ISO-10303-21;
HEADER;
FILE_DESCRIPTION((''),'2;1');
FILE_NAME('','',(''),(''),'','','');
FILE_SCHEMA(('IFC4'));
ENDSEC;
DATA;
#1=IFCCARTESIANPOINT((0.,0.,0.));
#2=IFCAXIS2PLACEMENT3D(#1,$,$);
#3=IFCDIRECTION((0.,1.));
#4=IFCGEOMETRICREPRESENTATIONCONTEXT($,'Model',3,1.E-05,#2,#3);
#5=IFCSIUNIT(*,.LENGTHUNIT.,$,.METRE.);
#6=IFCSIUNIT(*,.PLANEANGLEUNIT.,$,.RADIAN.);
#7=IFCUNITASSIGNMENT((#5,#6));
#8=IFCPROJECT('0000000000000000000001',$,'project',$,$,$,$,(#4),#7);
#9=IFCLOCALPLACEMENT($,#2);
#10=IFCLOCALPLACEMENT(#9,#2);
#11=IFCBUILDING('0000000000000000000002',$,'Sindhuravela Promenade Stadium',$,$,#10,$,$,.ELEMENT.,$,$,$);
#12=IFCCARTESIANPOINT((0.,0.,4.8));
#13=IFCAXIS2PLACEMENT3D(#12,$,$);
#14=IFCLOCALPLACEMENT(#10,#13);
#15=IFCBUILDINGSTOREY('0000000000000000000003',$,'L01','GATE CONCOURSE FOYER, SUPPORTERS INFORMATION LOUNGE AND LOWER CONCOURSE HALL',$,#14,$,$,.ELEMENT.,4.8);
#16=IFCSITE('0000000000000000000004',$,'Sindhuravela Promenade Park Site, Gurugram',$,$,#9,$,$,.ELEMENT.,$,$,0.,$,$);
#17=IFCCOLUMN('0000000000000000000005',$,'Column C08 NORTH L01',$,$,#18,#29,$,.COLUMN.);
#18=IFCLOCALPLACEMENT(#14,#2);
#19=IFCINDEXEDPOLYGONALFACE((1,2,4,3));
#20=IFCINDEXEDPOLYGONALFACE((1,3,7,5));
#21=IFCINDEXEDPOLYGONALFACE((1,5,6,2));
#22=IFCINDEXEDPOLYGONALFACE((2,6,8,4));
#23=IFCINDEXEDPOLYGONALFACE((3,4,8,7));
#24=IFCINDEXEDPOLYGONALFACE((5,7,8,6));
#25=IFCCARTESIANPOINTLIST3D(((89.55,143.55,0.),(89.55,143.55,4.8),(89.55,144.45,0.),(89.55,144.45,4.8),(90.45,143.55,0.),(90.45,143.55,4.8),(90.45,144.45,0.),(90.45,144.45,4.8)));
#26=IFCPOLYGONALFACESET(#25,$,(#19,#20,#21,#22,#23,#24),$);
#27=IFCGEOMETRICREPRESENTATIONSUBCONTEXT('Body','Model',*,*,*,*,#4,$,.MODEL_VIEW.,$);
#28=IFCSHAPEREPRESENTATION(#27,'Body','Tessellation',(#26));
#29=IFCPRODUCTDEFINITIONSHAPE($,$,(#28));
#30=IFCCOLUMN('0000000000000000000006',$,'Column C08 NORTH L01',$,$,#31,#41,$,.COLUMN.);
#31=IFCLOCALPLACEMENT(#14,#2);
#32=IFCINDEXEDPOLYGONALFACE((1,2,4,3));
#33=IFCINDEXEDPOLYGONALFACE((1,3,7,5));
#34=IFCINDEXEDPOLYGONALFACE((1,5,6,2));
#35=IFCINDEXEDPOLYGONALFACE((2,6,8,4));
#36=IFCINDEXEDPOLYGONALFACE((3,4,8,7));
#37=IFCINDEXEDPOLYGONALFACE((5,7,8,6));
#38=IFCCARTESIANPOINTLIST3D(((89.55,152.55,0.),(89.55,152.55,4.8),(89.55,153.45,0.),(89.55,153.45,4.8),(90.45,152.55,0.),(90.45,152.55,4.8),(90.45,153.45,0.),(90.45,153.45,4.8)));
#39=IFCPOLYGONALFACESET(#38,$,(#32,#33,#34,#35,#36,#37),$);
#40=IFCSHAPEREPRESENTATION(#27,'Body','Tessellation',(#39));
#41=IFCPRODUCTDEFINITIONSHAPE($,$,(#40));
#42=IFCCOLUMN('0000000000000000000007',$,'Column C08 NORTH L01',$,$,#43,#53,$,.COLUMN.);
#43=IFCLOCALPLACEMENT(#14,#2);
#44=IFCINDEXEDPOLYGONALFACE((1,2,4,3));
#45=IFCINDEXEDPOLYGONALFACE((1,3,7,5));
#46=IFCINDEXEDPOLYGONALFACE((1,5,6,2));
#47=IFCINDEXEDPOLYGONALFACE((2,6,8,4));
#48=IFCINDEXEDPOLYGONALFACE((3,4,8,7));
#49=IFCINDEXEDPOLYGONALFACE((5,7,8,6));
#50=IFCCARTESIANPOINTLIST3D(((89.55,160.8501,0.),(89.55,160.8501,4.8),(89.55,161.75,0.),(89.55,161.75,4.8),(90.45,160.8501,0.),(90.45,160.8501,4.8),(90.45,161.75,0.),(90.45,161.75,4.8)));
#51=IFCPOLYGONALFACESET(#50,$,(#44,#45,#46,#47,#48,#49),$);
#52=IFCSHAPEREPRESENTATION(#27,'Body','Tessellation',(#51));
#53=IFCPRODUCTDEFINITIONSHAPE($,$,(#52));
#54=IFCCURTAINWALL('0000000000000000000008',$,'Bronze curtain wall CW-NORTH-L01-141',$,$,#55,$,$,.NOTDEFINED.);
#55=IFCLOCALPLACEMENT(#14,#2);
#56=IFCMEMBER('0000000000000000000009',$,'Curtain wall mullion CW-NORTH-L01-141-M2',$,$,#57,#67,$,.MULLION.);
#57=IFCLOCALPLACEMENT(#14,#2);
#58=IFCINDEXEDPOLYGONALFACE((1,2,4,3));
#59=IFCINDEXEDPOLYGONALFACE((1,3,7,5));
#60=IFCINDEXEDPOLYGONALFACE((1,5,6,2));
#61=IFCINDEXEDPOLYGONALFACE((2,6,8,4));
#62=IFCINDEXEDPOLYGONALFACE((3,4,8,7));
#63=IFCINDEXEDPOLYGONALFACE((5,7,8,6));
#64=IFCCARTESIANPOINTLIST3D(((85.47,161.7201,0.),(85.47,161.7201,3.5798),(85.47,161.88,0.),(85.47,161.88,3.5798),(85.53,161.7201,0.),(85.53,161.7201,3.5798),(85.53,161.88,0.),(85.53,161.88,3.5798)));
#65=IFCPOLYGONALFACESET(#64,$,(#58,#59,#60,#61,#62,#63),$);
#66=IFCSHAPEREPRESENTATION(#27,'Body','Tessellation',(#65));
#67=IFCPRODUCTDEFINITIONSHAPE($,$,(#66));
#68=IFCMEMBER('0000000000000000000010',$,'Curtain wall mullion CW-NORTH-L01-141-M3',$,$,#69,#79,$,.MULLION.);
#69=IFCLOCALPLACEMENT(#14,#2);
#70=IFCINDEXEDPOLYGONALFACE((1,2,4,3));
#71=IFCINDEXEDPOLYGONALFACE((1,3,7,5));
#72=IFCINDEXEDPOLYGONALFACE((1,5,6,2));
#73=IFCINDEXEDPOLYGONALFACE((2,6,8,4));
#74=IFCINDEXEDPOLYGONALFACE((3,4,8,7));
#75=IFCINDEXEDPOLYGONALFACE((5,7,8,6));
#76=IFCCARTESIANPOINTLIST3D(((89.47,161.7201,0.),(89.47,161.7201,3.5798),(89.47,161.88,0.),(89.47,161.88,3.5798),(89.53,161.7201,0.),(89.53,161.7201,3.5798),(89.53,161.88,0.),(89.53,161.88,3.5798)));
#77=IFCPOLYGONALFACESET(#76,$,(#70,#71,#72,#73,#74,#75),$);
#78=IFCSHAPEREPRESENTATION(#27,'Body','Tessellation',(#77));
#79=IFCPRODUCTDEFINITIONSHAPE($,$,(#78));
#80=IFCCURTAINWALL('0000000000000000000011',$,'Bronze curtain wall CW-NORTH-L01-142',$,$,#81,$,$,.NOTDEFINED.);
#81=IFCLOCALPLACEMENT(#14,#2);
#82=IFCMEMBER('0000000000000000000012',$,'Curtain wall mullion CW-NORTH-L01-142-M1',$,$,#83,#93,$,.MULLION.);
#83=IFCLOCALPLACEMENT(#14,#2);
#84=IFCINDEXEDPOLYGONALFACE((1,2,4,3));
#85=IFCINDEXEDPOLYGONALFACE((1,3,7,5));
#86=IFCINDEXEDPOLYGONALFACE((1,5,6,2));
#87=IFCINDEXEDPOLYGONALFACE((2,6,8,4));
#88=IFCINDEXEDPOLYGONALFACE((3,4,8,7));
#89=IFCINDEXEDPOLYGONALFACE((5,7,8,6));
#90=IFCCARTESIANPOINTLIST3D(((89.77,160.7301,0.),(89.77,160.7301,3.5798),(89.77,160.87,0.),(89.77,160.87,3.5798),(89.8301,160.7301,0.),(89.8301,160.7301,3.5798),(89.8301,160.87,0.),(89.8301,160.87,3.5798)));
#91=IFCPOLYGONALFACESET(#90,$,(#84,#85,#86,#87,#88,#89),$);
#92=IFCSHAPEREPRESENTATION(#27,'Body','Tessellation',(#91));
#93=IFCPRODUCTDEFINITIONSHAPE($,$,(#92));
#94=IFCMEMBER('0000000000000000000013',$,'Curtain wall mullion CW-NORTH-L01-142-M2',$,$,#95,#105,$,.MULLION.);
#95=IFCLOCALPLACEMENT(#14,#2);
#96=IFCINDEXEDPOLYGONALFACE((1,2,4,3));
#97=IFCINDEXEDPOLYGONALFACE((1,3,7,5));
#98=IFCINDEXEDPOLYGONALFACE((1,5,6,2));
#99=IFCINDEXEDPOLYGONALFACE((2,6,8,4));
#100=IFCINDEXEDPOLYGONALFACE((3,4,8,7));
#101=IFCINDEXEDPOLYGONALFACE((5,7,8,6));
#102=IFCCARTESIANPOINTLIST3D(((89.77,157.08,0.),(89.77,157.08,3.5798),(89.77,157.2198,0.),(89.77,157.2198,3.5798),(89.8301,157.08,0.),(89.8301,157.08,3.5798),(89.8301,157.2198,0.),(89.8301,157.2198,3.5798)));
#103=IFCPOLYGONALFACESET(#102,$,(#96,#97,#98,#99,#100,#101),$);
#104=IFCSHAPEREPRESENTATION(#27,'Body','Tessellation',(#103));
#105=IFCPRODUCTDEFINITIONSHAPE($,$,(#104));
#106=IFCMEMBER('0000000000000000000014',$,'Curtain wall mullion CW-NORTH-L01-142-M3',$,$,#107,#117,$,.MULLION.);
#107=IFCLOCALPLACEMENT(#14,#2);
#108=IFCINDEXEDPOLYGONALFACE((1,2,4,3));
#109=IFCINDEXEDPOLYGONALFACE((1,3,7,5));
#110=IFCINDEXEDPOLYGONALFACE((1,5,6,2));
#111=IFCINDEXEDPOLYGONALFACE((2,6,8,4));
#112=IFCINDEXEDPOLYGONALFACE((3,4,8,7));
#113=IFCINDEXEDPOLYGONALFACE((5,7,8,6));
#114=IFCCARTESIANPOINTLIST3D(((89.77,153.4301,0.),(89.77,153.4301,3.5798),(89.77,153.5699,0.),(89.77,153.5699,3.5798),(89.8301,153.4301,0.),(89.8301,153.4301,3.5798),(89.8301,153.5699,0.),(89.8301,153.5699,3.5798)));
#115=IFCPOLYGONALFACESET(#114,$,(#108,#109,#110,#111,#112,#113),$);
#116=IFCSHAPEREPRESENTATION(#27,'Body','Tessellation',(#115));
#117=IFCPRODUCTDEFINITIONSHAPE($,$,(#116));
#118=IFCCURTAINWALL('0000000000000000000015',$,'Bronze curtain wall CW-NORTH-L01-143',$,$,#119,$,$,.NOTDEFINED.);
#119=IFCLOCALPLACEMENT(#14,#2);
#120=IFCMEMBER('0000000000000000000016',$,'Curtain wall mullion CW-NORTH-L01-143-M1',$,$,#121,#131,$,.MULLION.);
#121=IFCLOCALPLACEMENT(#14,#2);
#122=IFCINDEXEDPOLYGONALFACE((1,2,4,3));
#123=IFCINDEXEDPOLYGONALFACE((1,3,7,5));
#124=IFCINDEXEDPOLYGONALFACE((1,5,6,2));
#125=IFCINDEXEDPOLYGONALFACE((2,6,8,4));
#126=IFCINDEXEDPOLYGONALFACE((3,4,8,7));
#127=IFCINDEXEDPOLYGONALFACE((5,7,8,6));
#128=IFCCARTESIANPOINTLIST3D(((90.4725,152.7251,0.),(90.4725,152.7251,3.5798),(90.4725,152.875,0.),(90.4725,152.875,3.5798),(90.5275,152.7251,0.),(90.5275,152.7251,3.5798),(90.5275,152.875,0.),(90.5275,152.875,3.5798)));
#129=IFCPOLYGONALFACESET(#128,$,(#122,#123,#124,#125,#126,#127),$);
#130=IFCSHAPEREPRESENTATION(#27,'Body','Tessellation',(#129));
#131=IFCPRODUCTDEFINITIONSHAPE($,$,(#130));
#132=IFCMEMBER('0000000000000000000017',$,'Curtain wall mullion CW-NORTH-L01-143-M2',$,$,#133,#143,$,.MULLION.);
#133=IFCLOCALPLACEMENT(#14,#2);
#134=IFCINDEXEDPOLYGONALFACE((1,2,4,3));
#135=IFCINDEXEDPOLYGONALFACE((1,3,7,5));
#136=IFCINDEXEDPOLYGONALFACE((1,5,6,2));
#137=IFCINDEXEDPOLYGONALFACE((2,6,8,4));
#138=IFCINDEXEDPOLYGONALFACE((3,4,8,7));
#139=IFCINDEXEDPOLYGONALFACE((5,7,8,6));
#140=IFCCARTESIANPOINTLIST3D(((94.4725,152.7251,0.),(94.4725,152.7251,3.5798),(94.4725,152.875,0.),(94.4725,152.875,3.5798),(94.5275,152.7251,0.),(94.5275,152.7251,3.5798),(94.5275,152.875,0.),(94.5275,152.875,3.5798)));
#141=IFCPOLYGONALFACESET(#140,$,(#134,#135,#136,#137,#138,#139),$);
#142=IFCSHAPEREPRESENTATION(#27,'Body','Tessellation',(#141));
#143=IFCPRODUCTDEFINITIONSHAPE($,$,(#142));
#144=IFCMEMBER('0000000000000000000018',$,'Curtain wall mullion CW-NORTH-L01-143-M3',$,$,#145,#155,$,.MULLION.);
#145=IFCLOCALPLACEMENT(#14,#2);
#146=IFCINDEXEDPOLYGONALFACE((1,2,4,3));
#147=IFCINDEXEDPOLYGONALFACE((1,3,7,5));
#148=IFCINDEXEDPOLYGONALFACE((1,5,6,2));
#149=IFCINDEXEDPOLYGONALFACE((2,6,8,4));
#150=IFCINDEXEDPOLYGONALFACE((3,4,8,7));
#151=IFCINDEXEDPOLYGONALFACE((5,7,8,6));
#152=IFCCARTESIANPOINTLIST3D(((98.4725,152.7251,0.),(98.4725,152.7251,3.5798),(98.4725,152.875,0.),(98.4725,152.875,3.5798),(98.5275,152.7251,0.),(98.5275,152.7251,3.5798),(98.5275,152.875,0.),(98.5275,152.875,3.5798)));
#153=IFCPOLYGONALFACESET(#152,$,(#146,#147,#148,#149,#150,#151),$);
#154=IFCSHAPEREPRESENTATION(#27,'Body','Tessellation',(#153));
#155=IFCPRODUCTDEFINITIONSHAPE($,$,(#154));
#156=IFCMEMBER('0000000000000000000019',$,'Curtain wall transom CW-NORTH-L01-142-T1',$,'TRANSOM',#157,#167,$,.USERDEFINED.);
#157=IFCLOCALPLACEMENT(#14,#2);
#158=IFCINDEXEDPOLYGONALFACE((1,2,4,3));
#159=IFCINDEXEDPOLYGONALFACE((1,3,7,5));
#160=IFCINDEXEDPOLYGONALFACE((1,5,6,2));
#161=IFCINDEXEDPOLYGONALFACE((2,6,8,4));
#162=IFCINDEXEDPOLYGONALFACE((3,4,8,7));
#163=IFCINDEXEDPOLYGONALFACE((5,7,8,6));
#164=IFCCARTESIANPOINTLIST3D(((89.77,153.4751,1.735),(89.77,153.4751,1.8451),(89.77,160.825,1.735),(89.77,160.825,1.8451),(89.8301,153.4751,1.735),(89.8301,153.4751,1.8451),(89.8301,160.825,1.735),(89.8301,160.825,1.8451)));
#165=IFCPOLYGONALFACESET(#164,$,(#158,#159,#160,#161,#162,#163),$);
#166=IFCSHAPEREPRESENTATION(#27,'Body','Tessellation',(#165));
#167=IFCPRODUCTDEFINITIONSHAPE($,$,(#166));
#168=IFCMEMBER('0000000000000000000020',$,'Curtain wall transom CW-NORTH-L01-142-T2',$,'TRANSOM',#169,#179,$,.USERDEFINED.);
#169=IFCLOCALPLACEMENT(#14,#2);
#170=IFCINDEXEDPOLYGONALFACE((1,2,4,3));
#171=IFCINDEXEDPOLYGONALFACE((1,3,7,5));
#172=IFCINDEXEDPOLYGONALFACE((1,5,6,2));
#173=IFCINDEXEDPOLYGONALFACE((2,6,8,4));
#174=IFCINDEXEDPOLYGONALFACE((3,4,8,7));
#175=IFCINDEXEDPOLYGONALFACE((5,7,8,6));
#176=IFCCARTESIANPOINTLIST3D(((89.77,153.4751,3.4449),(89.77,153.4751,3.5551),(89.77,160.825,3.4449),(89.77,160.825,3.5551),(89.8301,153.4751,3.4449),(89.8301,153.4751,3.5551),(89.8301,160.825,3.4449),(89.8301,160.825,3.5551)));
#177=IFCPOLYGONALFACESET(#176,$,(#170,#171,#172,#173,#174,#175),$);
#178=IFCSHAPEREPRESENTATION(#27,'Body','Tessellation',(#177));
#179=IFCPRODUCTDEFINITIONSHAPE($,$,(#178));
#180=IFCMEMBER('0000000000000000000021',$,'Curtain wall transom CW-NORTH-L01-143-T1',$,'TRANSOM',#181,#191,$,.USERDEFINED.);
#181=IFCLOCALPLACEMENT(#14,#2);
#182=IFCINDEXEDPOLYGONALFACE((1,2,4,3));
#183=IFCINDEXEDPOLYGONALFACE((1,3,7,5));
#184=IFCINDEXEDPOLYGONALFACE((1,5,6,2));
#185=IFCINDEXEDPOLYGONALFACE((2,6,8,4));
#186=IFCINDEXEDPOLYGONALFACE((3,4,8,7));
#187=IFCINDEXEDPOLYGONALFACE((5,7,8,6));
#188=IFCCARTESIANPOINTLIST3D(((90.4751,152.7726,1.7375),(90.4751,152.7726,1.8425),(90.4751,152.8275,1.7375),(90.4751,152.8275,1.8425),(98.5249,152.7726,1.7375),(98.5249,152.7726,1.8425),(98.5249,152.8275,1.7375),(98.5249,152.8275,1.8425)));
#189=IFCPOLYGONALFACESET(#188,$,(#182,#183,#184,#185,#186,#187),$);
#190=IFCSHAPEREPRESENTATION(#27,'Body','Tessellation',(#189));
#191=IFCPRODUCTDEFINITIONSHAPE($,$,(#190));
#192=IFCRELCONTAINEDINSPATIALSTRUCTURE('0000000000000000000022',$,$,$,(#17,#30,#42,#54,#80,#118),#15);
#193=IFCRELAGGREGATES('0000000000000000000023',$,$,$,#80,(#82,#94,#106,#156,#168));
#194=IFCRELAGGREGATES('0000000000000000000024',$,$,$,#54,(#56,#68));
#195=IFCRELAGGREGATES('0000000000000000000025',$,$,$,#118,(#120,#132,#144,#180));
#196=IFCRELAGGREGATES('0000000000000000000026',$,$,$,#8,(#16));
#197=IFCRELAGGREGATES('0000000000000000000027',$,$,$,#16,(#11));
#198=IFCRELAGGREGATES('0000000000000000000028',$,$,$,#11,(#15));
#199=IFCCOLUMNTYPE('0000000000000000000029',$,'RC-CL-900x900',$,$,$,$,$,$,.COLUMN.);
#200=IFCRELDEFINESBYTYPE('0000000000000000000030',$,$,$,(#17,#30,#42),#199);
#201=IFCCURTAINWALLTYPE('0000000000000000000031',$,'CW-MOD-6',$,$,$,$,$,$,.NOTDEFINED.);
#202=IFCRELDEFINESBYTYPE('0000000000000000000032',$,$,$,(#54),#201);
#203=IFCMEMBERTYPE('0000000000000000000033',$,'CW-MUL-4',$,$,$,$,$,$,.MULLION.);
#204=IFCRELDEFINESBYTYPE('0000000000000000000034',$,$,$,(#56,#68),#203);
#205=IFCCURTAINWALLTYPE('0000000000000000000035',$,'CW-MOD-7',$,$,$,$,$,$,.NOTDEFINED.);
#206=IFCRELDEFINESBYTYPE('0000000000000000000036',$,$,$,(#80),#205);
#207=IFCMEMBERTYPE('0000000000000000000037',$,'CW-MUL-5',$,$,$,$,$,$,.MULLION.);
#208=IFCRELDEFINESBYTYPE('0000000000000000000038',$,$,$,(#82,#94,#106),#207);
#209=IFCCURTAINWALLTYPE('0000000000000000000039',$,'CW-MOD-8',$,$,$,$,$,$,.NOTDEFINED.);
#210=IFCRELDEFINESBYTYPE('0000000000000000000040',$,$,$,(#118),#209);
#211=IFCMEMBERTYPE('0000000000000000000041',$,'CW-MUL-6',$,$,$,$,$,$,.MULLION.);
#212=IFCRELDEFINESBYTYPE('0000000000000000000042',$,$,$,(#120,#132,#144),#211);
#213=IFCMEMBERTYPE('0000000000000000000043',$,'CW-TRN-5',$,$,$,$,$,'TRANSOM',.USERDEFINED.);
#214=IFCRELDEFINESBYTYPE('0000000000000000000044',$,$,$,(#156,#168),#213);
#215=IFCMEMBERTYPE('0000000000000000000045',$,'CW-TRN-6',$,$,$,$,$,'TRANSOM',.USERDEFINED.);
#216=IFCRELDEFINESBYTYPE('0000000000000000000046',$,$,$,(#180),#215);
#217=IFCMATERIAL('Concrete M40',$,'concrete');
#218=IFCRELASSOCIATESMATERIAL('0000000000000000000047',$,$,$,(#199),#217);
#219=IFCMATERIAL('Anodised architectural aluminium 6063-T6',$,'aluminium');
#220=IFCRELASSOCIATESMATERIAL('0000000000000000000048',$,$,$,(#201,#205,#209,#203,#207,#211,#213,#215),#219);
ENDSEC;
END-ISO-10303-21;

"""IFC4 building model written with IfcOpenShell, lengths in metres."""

from ifc_helpers import new_model, si_unit, direction, frame, origin, origin_2d, place, context, subcontext, project, spatial, rectangle, extrude, material, material_profile, profile_set, type_object, element, aggregate, save


model = new_model("IFC4")

# Units and contexts
model_context = context("Model", 3, precision=1e-05, world=origin(), true_north=direction((0.0, 1.0)))
body_context = subcontext(model_context, "Body", "Model", "MODEL_VIEW")
ifc_project = project(units=[si_unit("LENGTHUNIT", "METRE"), si_unit("PLANEANGLEUNIT", "RADIAN")], contexts=[model_context])

# Site, building, storey
site_placement = place(None, origin())
site = spatial("IfcSite", under=ifc_project, at=site_placement, Name="Sindhuravela Promenade Park Site, Gurugram", CompositionType="ELEMENT", RefElevation=0.0)
building_placement = place(site_placement, origin())
building = spatial("IfcBuilding", under=site, at=building_placement, Name="Sindhuravela Promenade Stadium", CompositionType="ELEMENT")
storey_placement = place(building_placement, frame((0.0, 0.0, 4.8)))
storey = spatial("IfcBuildingStorey", under=building, at=storey_placement, Name="L01", Description="GATE CONCOURSE FOYER, SUPPORTERS INFORMATION LOUNGE AND LOWER CONCOURSE HALL", CompositionType="ELEMENT", Elevation=4.8)

# Columns
ifc_material_1 = material(Name="Concrete M40", Category="concrete")
ifc_material_profile_1 = material_profile(ifc_material_1, rectangle(XDim=0.8999, YDim=0.8999, at=origin_2d()), Name="RC 900x900")
ifc_profile_set_1 = profile_set([ifc_material_profile_1], Name="Concrete M40")
column_type = type_object("IfcColumnType", Name="RC-CL-900x900", PredefinedType="COLUMN", material=ifc_profile_set_1)
for number, where, z_axis, x_axis, name in (
    (1, (90.0, 144.0, 0.0), (0.0, 0.0, 1.0), (1.0, 0.0, 0.0), "Column C08 NORTH L01"),
    (2, (90.0, 153.0, 0.0), (0.0, 0.0, 1.0), (1.0, 0.0, 0.0), "Column C08 NORTH L01"),
    (3, (90.0, 161.3, 0.0), (0.0, 0.0, 1.0), (1.0, 0.0, 0.0), "Column C08 NORTH L01"),
):
    element("IfcColumn", number, at=place(storey_placement, frame(where, z_axis=z_axis, x_axis=x_axis)), inside=storey, type_object=column_type, Name=name, PredefinedType="COLUMN", context=body_context, shape_type="SweptSolid", body=[
        extrude(rectangle(XDim=0.8999, YDim=0.8999, at=origin_2d()), origin(), (0.0, 0.0, 1.0), 4.8),
    ])

# Curtain walls, members
ifc_material_2 = material(Name="Anodised architectural aluminium 6063-T6", Category="aluminium")
curtain_wall_type_1 = type_object("IfcCurtainWallType", Name="CW-MOD-6", PredefinedType="NOTDEFINED", material=ifc_material_2)
curtain_wall_1_placement = place(storey_placement, origin())
curtain_wall_1 = element("IfcCurtainWall", 4, at=curtain_wall_1_placement, inside=storey, type_object=curtain_wall_type_1, Name="Bronze curtain wall CW-NORTH-L01-141", PredefinedType="NOTDEFINED")
ifc_material_profile_2 = material_profile(ifc_material_2, rectangle(XDim=0.0601, YDim=0.1599, at=origin_2d()), Name="ALU M60x160")
ifc_profile_set_2 = profile_set([ifc_material_profile_2], Name="Anodised architectural aluminium 6063-T6")
member_type_1 = type_object("IfcMemberType", Name="CW-MUL-4", PredefinedType="MULLION", material=ifc_profile_set_2)
member_1_placement = place(storey_placement, frame((85.5, 161.8, 0.0), z_axis=(0.0, 0.0, 1.0), x_axis=(1.0, 0.0, 0.0)))
member_1 = element("IfcMember", 5, at=member_1_placement, type_object=member_type_1, Name="Curtain wall mullion CW-NORTH-L01-141-M2", PredefinedType="MULLION", context=body_context, shape_type="SweptSolid", body=[
    extrude(rectangle(XDim=0.0601, YDim=0.1599, at=origin_2d()), origin(), (0.0, 0.0, 1.0), 3.5798),
])
member_2_placement = place(storey_placement, frame((89.5, 161.8, 0.0), z_axis=(0.0, 0.0, 1.0), x_axis=(1.0, 0.0, 0.0)))
member_2 = element("IfcMember", 6, at=member_2_placement, type_object=member_type_1, Name="Curtain wall mullion CW-NORTH-L01-141-M3", PredefinedType="MULLION", context=body_context, shape_type="SweptSolid", body=[
    extrude(rectangle(XDim=0.0601, YDim=0.1599, at=origin_2d()), origin(), (0.0, 0.0, 1.0), 3.5798),
])
curtain_wall_type_2 = type_object("IfcCurtainWallType", Name="CW-MOD-7", PredefinedType="NOTDEFINED", material=ifc_material_2)
curtain_wall_2_placement = place(storey_placement, origin())
curtain_wall_2 = element("IfcCurtainWall", 7, at=curtain_wall_2_placement, inside=storey, type_object=curtain_wall_type_2, Name="Bronze curtain wall CW-NORTH-L01-142", PredefinedType="NOTDEFINED")
ifc_material_profile_3 = material_profile(ifc_material_2, rectangle(XDim=0.0601, YDim=0.1399, at=origin_2d()), Name="ALU M60x140")
ifc_profile_set_3 = profile_set([ifc_material_profile_3], Name="Anodised architectural aluminium 6063-T6")
member_type_2 = type_object("IfcMemberType", Name="CW-MUL-5", PredefinedType="MULLION", material=ifc_profile_set_3)
member_3_placement = place(storey_placement, frame((89.8, 160.8, 0.0), z_axis=(0.0, 0.0, 1.0), x_axis=(1.0, 0.0, 0.0)))
member_3 = element("IfcMember", 8, at=member_3_placement, type_object=member_type_2, Name="Curtain wall mullion CW-NORTH-L01-142-M1", PredefinedType="MULLION", context=body_context, shape_type="SweptSolid", body=[
    extrude(rectangle(XDim=0.0601, YDim=0.1399, at=origin_2d()), origin(), (0.0, 0.0, 1.0), 3.5798),
])
member_4_placement = place(storey_placement, frame((89.8, 157.1499, 0.0), z_axis=(0.0, 0.0, 1.0), x_axis=(1.0, 0.0, 0.0)))
member_4 = element("IfcMember", 9, at=member_4_placement, type_object=member_type_2, Name="Curtain wall mullion CW-NORTH-L01-142-M2", PredefinedType="MULLION", context=body_context, shape_type="SweptSolid", body=[
    extrude(rectangle(XDim=0.0601, YDim=0.1399, at=origin_2d()), origin(), (0.0, 0.0, 1.0), 3.5798),
])
member_5_placement = place(storey_placement, frame((89.8, 153.5, 0.0), z_axis=(0.0, 0.0, 1.0), x_axis=(1.0, 0.0, 0.0)))
member_5 = element("IfcMember", 10, at=member_5_placement, type_object=member_type_2, Name="Curtain wall mullion CW-NORTH-L01-142-M3", PredefinedType="MULLION", context=body_context, shape_type="SweptSolid", body=[
    extrude(rectangle(XDim=0.0601, YDim=0.1399, at=origin_2d()), origin(), (0.0, 0.0, 1.0), 3.5798),
])
curtain_wall_type_3 = type_object("IfcCurtainWallType", Name="CW-MOD-8", PredefinedType="NOTDEFINED", material=ifc_material_2)
curtain_wall_3_placement = place(storey_placement, origin())
curtain_wall_3 = element("IfcCurtainWall", 11, at=curtain_wall_3_placement, inside=storey, type_object=curtain_wall_type_3, Name="Bronze curtain wall CW-NORTH-L01-143", PredefinedType="NOTDEFINED")
ifc_material_profile_4 = material_profile(ifc_material_2, rectangle(XDim=0.0549, YDim=0.1499, at=origin_2d()), Name="ALU M55x150")
ifc_profile_set_4 = profile_set([ifc_material_profile_4], Name="Anodised architectural aluminium 6063-T6")
member_type_3 = type_object("IfcMemberType", Name="CW-MUL-6", PredefinedType="MULLION", material=ifc_profile_set_4)
member_6_placement = place(storey_placement, frame((90.5, 152.8, 0.0), z_axis=(0.0, 0.0, 1.0), x_axis=(1.0, 0.0, 0.0)))
member_6 = element("IfcMember", 12, at=member_6_placement, type_object=member_type_3, Name="Curtain wall mullion CW-NORTH-L01-143-M1", PredefinedType="MULLION", context=body_context, shape_type="SweptSolid", body=[
    extrude(rectangle(XDim=0.0549, YDim=0.1499, at=origin_2d()), origin(), (0.0, 0.0, 1.0), 3.5798),
])
member_7_placement = place(storey_placement, frame((94.5, 152.8, 0.0), z_axis=(0.0, 0.0, 1.0), x_axis=(1.0, 0.0, 0.0)))
member_7 = element("IfcMember", 13, at=member_7_placement, type_object=member_type_3, Name="Curtain wall mullion CW-NORTH-L01-143-M2", PredefinedType="MULLION", context=body_context, shape_type="SweptSolid", body=[
    extrude(rectangle(XDim=0.0549, YDim=0.1499, at=origin_2d()), origin(), (0.0, 0.0, 1.0), 3.5798),
])
member_8_placement = place(storey_placement, frame((98.5, 152.8, 0.0), z_axis=(0.0, 0.0, 1.0), x_axis=(1.0, 0.0, 0.0)))
member_8 = element("IfcMember", 14, at=member_8_placement, type_object=member_type_3, Name="Curtain wall mullion CW-NORTH-L01-143-M3", PredefinedType="MULLION", context=body_context, shape_type="SweptSolid", body=[
    extrude(rectangle(XDim=0.0549, YDim=0.1499, at=origin_2d()), origin(), (0.0, 0.0, 1.0), 3.5798),
])

# Members
ifc_material_profile_5 = material_profile(ifc_material_2, rectangle(XDim=0.0601, YDim=0.1101, at=origin_2d()), Name="ALU T60x110")
ifc_profile_set_5 = profile_set([ifc_material_profile_5], Name="Anodised architectural aluminium 6063-T6")
member_type_4 = type_object("IfcMemberType", Name="CW-TRN-5", ElementType="TRANSOM", PredefinedType="USERDEFINED", material=ifc_profile_set_5)
member_9_placement = place(storey_placement, frame((89.8, 160.825, 1.79), z_axis=(0.0, -1.0, 0.0), x_axis=(1.0, 0.0, 0.0)))
member_9 = element("IfcMember", 15, at=member_9_placement, type_object=member_type_4, Name="Curtain wall transom CW-NORTH-L01-142-T1", ObjectType="TRANSOM", PredefinedType="USERDEFINED", context=body_context, shape_type="SweptSolid", body=[
    extrude(rectangle(XDim=0.0601, YDim=0.1101, at=origin_2d()), origin(), (0.0, 0.0, 1.0), 7.3499),
])
member_10_placement = place(storey_placement, frame((89.8, 160.825, 3.5), z_axis=(0.0, -1.0, 0.0), x_axis=(1.0, 0.0, 0.0)))
member_10 = element("IfcMember", 16, at=member_10_placement, type_object=member_type_4, Name="Curtain wall transom CW-NORTH-L01-142-T2", ObjectType="TRANSOM", PredefinedType="USERDEFINED", context=body_context, shape_type="SweptSolid", body=[
    extrude(rectangle(XDim=0.0601, YDim=0.1101, at=origin_2d()), origin(), (0.0, 0.0, 1.0), 7.3499),
])
ifc_material_profile_6 = material_profile(ifc_material_2, rectangle(XDim=0.0549, YDim=0.105, at=origin_2d()), Name="ALU T55x105")
ifc_profile_set_6 = profile_set([ifc_material_profile_6], Name="Anodised architectural aluminium 6063-T6")
member_type_5 = type_object("IfcMemberType", Name="CW-TRN-6", ElementType="TRANSOM", PredefinedType="USERDEFINED", material=ifc_profile_set_6)
member_11_placement = place(storey_placement, frame((90.4751, 152.8, 1.79), z_axis=(1.0, 0.0, 0.0), x_axis=(0.0, 1.0, 0.0)))
member_11 = element("IfcMember", 17, at=member_11_placement, type_object=member_type_5, Name="Curtain wall transom CW-NORTH-L01-143-T1", ObjectType="TRANSOM", PredefinedType="USERDEFINED", context=body_context, shape_type="SweptSolid", body=[
    extrude(rectangle(XDim=0.0549, YDim=0.105, at=origin_2d()), origin(), (0.0, 0.0, 1.0), 8.0498),
])

aggregate(curtain_wall_2, [member_3, member_4, member_5, member_9, member_10])
aggregate(curtain_wall_1, [member_1, member_2])
aggregate(curtain_wall_3, [member_6, member_7, member_8, member_11])

save(model, "model.ifc")
